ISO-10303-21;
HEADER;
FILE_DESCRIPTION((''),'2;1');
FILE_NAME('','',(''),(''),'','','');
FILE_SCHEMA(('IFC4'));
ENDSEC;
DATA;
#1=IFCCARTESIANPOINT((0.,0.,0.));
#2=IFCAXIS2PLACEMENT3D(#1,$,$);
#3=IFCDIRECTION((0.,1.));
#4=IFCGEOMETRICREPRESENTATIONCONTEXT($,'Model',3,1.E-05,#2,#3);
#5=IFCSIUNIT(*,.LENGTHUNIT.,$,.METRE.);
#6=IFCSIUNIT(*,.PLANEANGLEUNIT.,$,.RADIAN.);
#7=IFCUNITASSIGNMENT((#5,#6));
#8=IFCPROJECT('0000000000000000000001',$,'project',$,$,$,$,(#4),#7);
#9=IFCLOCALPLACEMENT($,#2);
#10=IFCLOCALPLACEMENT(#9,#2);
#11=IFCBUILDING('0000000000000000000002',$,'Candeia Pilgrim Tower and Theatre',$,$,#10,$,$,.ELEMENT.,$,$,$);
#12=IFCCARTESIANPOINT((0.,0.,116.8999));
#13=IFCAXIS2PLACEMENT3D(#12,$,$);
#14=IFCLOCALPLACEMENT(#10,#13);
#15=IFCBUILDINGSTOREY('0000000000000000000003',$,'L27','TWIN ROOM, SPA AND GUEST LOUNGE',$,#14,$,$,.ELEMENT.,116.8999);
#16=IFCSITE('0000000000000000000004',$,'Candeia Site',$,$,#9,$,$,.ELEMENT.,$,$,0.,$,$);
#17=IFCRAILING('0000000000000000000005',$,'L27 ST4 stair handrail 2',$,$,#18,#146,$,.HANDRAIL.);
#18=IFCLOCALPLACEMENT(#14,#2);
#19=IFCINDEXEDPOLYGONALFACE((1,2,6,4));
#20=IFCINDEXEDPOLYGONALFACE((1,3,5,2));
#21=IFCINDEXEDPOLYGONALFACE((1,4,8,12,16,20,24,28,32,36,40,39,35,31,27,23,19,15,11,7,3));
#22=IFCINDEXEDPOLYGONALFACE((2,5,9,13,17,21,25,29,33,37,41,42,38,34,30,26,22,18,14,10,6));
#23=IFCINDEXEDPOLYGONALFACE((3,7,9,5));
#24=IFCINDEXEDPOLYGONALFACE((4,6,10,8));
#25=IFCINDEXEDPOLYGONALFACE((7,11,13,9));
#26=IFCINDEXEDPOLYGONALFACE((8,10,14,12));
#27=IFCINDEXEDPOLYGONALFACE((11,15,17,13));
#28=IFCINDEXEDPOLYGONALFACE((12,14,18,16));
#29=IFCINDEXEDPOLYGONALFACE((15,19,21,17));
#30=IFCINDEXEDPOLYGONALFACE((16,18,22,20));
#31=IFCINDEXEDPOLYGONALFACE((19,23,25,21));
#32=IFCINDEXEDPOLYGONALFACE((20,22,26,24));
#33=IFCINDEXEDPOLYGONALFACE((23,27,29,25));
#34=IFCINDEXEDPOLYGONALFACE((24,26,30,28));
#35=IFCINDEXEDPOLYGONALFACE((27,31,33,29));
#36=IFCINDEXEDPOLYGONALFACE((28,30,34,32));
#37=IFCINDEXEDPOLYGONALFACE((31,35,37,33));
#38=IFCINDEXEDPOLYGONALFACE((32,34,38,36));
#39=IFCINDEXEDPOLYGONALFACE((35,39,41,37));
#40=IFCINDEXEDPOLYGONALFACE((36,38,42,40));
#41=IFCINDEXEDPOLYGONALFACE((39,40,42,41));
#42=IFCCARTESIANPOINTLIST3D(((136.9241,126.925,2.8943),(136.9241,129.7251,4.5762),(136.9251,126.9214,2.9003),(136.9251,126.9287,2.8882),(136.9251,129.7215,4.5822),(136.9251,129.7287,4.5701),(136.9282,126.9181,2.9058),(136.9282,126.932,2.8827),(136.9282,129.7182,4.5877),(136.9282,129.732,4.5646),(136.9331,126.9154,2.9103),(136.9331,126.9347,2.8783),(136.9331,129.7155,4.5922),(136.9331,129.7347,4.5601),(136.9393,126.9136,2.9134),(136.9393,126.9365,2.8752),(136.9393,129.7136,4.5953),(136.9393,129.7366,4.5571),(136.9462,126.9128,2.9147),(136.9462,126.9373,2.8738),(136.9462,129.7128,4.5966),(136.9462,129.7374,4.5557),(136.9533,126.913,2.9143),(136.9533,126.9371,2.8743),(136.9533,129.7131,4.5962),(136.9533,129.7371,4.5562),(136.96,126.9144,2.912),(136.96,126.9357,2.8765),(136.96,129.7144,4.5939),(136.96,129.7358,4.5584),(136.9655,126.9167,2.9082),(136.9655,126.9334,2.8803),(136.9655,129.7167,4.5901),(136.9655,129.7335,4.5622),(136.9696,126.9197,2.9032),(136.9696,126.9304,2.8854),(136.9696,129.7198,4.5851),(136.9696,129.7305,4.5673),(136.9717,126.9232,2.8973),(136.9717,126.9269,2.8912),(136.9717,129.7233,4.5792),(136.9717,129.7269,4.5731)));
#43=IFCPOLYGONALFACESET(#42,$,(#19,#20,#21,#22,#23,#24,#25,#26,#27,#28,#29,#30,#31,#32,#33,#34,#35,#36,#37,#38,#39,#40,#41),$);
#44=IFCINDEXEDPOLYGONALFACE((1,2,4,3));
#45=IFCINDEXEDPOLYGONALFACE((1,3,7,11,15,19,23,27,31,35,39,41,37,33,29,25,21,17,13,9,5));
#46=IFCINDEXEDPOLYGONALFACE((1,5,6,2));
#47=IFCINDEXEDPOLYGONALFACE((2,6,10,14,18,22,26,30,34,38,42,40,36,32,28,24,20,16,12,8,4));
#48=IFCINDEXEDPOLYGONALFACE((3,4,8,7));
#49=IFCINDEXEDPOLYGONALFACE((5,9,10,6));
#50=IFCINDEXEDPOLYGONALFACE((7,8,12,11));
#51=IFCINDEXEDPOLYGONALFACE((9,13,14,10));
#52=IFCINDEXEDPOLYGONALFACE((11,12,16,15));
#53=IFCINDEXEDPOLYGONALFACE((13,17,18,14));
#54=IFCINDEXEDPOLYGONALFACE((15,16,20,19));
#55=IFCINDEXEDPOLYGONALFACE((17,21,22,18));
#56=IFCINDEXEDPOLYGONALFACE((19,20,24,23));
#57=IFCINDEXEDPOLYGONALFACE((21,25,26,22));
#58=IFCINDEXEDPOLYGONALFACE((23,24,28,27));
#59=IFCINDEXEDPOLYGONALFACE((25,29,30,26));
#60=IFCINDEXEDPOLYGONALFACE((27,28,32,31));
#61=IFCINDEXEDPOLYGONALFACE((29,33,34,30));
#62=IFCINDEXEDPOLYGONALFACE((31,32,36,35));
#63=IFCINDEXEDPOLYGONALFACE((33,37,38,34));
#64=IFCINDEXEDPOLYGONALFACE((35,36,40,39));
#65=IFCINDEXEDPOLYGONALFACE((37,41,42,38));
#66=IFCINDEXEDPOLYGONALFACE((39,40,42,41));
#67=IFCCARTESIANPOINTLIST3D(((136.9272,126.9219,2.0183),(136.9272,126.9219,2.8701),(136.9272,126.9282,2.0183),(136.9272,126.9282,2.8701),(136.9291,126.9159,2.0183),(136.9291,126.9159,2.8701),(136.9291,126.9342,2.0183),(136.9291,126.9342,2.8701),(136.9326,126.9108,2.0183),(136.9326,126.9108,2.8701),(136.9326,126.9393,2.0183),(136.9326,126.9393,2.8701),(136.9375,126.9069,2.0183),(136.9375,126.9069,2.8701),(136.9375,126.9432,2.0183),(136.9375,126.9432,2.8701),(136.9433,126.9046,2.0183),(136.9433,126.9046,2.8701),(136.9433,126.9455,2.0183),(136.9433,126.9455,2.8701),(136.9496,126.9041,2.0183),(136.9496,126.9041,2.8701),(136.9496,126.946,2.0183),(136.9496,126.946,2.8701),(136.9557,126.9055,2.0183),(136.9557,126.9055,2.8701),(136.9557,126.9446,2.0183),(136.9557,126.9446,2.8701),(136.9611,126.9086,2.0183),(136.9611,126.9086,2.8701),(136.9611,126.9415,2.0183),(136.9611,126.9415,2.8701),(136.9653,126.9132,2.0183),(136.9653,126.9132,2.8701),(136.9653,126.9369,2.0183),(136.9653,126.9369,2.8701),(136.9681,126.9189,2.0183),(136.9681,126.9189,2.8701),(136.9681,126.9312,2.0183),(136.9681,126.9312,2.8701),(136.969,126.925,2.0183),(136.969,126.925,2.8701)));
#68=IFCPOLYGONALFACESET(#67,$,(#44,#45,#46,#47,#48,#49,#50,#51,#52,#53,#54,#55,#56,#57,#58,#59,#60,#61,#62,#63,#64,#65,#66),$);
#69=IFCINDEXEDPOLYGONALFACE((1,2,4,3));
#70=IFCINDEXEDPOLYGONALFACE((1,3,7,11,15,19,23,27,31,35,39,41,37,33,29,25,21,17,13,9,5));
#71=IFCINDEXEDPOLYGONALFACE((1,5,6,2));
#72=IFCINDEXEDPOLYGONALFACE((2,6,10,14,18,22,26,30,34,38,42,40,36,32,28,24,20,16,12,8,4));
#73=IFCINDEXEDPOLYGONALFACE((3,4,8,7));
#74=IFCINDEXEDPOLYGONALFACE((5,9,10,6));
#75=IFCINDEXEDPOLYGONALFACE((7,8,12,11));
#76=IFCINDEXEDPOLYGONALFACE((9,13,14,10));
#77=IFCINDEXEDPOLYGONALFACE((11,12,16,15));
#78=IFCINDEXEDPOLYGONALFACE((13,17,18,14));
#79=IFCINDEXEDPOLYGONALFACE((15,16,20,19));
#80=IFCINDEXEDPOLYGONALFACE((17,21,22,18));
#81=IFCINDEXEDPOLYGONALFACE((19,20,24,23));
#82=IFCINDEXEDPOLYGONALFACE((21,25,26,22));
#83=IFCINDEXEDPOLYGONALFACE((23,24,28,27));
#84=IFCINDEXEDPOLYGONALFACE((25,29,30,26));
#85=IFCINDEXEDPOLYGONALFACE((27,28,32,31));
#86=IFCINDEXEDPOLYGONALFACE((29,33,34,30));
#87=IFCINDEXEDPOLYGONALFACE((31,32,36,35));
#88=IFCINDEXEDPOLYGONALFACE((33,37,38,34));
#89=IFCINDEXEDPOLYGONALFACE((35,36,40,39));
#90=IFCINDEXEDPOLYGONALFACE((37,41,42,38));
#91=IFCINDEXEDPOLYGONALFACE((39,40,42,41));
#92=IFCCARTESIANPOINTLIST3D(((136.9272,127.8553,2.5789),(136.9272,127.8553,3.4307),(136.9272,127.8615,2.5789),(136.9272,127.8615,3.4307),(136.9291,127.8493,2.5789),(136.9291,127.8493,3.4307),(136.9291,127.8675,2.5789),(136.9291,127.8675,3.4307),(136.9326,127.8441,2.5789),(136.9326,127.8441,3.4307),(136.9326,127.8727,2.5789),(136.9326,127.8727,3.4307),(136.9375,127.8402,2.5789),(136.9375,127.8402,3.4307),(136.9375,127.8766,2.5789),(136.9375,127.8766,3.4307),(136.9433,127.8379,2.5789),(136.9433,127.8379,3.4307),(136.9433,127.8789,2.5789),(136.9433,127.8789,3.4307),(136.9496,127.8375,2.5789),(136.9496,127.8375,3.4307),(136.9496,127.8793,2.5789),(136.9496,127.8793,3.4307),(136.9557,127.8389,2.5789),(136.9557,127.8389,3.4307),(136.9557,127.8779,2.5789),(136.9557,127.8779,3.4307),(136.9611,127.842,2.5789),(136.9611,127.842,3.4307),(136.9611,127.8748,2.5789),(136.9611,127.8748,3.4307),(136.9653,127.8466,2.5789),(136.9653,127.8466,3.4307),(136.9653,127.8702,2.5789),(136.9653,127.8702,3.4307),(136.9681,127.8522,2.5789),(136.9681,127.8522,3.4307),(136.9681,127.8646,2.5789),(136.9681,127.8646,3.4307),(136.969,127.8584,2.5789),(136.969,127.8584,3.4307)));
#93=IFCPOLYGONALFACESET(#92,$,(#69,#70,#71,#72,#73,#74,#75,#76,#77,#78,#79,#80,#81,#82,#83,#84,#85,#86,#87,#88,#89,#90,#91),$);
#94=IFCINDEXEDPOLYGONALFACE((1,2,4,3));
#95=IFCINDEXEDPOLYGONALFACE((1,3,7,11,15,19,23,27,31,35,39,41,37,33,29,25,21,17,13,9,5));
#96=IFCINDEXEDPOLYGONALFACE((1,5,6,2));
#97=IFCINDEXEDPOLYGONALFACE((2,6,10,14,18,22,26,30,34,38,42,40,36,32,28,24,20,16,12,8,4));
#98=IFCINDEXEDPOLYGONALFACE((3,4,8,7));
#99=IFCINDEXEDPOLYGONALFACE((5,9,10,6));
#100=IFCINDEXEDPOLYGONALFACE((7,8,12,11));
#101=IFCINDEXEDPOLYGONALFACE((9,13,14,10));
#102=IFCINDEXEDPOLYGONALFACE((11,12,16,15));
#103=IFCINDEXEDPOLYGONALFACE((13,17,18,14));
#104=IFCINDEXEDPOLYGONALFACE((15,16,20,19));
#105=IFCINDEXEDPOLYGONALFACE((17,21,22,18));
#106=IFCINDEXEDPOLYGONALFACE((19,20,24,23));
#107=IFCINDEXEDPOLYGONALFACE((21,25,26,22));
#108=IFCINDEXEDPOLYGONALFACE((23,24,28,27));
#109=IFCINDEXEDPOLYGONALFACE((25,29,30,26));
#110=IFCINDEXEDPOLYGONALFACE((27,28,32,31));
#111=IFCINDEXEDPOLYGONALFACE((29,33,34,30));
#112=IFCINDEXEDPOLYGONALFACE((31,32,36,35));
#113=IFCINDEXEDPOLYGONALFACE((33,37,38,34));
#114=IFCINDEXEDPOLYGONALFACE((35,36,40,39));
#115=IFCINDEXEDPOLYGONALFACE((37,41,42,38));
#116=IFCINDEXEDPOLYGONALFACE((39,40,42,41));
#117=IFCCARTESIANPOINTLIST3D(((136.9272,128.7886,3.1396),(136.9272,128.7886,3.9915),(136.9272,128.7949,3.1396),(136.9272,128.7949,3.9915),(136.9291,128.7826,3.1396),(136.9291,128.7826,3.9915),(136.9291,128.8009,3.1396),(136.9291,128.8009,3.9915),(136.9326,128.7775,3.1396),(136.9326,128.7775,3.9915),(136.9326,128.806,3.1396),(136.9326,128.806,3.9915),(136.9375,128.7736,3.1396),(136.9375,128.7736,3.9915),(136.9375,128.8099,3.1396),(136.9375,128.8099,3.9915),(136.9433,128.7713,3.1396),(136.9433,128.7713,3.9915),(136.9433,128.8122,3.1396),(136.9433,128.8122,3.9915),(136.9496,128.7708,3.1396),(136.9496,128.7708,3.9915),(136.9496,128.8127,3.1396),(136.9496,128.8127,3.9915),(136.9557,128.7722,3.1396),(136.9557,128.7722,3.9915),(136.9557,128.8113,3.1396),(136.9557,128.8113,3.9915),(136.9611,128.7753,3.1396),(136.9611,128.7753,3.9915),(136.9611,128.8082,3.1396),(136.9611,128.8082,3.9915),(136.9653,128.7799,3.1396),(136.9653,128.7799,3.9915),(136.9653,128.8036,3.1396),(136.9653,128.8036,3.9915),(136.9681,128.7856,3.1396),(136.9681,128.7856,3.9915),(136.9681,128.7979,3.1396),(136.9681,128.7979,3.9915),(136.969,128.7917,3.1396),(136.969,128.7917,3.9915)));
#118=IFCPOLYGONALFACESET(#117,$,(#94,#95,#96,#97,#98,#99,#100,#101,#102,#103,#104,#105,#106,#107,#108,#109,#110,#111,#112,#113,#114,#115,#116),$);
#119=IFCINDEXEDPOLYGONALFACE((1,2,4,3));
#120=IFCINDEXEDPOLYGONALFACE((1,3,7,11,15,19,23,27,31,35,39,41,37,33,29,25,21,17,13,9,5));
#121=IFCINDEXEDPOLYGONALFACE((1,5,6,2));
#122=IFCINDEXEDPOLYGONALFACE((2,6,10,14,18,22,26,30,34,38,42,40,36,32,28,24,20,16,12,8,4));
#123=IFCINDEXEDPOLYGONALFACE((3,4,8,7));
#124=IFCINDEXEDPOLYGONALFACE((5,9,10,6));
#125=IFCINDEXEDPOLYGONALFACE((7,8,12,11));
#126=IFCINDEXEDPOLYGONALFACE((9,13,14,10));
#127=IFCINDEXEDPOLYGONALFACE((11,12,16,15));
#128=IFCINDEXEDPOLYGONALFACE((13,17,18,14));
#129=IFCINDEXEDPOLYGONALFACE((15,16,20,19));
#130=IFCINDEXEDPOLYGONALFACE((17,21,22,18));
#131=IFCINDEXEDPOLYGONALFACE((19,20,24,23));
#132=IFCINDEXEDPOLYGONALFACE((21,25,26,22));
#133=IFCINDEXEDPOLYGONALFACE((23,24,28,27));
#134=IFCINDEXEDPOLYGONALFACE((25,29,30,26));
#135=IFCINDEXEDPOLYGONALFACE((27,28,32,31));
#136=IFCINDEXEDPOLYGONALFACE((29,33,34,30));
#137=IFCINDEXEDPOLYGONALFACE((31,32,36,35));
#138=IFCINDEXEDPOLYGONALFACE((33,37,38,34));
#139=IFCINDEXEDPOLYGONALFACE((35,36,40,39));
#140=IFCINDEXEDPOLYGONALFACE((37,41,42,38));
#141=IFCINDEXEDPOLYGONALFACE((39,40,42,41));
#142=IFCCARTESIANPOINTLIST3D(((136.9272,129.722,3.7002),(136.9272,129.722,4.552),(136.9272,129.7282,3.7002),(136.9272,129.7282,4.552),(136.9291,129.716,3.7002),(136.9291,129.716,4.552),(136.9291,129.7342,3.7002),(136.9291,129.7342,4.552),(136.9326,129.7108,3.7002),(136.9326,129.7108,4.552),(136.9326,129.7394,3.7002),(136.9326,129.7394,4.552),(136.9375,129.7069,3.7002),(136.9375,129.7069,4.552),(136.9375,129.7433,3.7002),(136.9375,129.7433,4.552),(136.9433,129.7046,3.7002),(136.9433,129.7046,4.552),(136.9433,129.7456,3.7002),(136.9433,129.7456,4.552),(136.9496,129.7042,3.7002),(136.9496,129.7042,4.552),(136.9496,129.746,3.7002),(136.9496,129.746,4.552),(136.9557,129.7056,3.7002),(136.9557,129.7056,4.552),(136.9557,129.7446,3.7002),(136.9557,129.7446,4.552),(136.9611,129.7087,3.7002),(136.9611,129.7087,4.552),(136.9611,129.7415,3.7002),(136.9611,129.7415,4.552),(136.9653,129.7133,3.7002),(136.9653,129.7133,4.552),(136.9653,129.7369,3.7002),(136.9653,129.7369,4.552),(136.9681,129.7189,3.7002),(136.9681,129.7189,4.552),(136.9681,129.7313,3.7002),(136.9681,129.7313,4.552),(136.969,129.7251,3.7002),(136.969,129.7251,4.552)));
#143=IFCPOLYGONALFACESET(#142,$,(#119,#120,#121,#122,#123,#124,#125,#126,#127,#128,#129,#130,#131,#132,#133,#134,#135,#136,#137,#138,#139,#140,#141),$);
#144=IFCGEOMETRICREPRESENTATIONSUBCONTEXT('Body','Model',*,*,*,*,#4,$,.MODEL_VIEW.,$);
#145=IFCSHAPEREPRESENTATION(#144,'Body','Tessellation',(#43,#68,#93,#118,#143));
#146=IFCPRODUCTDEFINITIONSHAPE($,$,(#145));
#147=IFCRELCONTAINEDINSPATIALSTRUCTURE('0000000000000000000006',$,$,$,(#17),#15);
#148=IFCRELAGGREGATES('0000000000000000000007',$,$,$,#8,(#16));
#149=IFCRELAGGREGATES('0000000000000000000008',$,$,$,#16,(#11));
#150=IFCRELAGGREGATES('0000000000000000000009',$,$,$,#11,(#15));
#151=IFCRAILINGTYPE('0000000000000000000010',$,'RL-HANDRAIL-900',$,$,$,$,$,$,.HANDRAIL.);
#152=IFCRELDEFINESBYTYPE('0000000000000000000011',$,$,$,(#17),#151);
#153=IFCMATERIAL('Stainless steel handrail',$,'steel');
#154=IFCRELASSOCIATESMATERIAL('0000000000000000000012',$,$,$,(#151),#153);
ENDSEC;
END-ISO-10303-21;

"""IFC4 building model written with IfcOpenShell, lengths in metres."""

from ifc_helpers import new_model, si_unit, direction, frame, origin, origin_2d, place, context, subcontext, project, spatial, circle, extrude, material, type_object, element, save


model = new_model("IFC4")

# Units and contexts
model_context = context("Model", 3, precision=1e-05, world=origin(), true_north=direction((0.0, 1.0)))
body_context = subcontext(model_context, "Body", "Model", "MODEL_VIEW")
ifc_project = project(units=[si_unit("LENGTHUNIT", "METRE"), si_unit("PLANEANGLEUNIT", "RADIAN")], contexts=[model_context])

# Site, building, storey
site_placement = place(None, origin())
site = spatial("IfcSite", under=ifc_project, at=site_placement, Name="Candeia Site", CompositionType="ELEMENT", RefElevation=0.0)
building_placement = place(site_placement, origin())
building = spatial("IfcBuilding", under=site, at=building_placement, Name="Candeia Pilgrim Tower and Theatre", CompositionType="ELEMENT")
storey_placement = place(building_placement, frame((0.0, 0.0, 116.8999)))
storey = spatial("IfcBuildingStorey", under=building, at=storey_placement, Name="L27", Description="TWIN ROOM, SPA AND GUEST LOUNGE", CompositionType="ELEMENT", Elevation=116.8999)

# Railing
ifc_material_1 = material(Name="Stainless steel handrail", Category="steel")
railing_type_1 = type_object("IfcRailingType", Name="RL-HANDRAIL-900", PredefinedType="HANDRAIL", material=ifc_material_1)
railing_1_placement = place(storey_placement, frame((136.948, 126.925, 2.0183)))
element("IfcRailing", 1, at=railing_1_placement, inside=storey, type_object=railing_type_1, Name="L27 ST4 stair handrail 2", PredefinedType="HANDRAIL", context=body_context, shape_type="SweptSolid", body=[
    extrude(circle(Radius=0.0239, at=origin_2d()), frame((0.0, 0.0, 0.876), z_axis=(0.0, 0.857242, 0.514913), x_axis=(-1.0, 0.0, 0.0)), (0.0, 0.0, 1.0), 3.2664),
    extrude(circle(Radius=0.021, at=origin_2d()), origin(), (0.0, 0.0, 1.0), 0.8518),
    extrude(circle(Radius=0.021, at=origin_2d()), frame((0.0, 0.9333, 0.5605)), (0.0, 0.0, 1.0), 0.8518),
    extrude(circle(Radius=0.021, at=origin_2d()), frame((0.0, 1.8667, 1.1213)), (0.0, 0.0, 1.0), 0.8518),
    extrude(circle(Radius=0.021, at=origin_2d()), frame((0.0, 2.8, 1.6819)), (0.0, 0.0, 1.0), 0.8518),
])

save(model, "model.ifc")
